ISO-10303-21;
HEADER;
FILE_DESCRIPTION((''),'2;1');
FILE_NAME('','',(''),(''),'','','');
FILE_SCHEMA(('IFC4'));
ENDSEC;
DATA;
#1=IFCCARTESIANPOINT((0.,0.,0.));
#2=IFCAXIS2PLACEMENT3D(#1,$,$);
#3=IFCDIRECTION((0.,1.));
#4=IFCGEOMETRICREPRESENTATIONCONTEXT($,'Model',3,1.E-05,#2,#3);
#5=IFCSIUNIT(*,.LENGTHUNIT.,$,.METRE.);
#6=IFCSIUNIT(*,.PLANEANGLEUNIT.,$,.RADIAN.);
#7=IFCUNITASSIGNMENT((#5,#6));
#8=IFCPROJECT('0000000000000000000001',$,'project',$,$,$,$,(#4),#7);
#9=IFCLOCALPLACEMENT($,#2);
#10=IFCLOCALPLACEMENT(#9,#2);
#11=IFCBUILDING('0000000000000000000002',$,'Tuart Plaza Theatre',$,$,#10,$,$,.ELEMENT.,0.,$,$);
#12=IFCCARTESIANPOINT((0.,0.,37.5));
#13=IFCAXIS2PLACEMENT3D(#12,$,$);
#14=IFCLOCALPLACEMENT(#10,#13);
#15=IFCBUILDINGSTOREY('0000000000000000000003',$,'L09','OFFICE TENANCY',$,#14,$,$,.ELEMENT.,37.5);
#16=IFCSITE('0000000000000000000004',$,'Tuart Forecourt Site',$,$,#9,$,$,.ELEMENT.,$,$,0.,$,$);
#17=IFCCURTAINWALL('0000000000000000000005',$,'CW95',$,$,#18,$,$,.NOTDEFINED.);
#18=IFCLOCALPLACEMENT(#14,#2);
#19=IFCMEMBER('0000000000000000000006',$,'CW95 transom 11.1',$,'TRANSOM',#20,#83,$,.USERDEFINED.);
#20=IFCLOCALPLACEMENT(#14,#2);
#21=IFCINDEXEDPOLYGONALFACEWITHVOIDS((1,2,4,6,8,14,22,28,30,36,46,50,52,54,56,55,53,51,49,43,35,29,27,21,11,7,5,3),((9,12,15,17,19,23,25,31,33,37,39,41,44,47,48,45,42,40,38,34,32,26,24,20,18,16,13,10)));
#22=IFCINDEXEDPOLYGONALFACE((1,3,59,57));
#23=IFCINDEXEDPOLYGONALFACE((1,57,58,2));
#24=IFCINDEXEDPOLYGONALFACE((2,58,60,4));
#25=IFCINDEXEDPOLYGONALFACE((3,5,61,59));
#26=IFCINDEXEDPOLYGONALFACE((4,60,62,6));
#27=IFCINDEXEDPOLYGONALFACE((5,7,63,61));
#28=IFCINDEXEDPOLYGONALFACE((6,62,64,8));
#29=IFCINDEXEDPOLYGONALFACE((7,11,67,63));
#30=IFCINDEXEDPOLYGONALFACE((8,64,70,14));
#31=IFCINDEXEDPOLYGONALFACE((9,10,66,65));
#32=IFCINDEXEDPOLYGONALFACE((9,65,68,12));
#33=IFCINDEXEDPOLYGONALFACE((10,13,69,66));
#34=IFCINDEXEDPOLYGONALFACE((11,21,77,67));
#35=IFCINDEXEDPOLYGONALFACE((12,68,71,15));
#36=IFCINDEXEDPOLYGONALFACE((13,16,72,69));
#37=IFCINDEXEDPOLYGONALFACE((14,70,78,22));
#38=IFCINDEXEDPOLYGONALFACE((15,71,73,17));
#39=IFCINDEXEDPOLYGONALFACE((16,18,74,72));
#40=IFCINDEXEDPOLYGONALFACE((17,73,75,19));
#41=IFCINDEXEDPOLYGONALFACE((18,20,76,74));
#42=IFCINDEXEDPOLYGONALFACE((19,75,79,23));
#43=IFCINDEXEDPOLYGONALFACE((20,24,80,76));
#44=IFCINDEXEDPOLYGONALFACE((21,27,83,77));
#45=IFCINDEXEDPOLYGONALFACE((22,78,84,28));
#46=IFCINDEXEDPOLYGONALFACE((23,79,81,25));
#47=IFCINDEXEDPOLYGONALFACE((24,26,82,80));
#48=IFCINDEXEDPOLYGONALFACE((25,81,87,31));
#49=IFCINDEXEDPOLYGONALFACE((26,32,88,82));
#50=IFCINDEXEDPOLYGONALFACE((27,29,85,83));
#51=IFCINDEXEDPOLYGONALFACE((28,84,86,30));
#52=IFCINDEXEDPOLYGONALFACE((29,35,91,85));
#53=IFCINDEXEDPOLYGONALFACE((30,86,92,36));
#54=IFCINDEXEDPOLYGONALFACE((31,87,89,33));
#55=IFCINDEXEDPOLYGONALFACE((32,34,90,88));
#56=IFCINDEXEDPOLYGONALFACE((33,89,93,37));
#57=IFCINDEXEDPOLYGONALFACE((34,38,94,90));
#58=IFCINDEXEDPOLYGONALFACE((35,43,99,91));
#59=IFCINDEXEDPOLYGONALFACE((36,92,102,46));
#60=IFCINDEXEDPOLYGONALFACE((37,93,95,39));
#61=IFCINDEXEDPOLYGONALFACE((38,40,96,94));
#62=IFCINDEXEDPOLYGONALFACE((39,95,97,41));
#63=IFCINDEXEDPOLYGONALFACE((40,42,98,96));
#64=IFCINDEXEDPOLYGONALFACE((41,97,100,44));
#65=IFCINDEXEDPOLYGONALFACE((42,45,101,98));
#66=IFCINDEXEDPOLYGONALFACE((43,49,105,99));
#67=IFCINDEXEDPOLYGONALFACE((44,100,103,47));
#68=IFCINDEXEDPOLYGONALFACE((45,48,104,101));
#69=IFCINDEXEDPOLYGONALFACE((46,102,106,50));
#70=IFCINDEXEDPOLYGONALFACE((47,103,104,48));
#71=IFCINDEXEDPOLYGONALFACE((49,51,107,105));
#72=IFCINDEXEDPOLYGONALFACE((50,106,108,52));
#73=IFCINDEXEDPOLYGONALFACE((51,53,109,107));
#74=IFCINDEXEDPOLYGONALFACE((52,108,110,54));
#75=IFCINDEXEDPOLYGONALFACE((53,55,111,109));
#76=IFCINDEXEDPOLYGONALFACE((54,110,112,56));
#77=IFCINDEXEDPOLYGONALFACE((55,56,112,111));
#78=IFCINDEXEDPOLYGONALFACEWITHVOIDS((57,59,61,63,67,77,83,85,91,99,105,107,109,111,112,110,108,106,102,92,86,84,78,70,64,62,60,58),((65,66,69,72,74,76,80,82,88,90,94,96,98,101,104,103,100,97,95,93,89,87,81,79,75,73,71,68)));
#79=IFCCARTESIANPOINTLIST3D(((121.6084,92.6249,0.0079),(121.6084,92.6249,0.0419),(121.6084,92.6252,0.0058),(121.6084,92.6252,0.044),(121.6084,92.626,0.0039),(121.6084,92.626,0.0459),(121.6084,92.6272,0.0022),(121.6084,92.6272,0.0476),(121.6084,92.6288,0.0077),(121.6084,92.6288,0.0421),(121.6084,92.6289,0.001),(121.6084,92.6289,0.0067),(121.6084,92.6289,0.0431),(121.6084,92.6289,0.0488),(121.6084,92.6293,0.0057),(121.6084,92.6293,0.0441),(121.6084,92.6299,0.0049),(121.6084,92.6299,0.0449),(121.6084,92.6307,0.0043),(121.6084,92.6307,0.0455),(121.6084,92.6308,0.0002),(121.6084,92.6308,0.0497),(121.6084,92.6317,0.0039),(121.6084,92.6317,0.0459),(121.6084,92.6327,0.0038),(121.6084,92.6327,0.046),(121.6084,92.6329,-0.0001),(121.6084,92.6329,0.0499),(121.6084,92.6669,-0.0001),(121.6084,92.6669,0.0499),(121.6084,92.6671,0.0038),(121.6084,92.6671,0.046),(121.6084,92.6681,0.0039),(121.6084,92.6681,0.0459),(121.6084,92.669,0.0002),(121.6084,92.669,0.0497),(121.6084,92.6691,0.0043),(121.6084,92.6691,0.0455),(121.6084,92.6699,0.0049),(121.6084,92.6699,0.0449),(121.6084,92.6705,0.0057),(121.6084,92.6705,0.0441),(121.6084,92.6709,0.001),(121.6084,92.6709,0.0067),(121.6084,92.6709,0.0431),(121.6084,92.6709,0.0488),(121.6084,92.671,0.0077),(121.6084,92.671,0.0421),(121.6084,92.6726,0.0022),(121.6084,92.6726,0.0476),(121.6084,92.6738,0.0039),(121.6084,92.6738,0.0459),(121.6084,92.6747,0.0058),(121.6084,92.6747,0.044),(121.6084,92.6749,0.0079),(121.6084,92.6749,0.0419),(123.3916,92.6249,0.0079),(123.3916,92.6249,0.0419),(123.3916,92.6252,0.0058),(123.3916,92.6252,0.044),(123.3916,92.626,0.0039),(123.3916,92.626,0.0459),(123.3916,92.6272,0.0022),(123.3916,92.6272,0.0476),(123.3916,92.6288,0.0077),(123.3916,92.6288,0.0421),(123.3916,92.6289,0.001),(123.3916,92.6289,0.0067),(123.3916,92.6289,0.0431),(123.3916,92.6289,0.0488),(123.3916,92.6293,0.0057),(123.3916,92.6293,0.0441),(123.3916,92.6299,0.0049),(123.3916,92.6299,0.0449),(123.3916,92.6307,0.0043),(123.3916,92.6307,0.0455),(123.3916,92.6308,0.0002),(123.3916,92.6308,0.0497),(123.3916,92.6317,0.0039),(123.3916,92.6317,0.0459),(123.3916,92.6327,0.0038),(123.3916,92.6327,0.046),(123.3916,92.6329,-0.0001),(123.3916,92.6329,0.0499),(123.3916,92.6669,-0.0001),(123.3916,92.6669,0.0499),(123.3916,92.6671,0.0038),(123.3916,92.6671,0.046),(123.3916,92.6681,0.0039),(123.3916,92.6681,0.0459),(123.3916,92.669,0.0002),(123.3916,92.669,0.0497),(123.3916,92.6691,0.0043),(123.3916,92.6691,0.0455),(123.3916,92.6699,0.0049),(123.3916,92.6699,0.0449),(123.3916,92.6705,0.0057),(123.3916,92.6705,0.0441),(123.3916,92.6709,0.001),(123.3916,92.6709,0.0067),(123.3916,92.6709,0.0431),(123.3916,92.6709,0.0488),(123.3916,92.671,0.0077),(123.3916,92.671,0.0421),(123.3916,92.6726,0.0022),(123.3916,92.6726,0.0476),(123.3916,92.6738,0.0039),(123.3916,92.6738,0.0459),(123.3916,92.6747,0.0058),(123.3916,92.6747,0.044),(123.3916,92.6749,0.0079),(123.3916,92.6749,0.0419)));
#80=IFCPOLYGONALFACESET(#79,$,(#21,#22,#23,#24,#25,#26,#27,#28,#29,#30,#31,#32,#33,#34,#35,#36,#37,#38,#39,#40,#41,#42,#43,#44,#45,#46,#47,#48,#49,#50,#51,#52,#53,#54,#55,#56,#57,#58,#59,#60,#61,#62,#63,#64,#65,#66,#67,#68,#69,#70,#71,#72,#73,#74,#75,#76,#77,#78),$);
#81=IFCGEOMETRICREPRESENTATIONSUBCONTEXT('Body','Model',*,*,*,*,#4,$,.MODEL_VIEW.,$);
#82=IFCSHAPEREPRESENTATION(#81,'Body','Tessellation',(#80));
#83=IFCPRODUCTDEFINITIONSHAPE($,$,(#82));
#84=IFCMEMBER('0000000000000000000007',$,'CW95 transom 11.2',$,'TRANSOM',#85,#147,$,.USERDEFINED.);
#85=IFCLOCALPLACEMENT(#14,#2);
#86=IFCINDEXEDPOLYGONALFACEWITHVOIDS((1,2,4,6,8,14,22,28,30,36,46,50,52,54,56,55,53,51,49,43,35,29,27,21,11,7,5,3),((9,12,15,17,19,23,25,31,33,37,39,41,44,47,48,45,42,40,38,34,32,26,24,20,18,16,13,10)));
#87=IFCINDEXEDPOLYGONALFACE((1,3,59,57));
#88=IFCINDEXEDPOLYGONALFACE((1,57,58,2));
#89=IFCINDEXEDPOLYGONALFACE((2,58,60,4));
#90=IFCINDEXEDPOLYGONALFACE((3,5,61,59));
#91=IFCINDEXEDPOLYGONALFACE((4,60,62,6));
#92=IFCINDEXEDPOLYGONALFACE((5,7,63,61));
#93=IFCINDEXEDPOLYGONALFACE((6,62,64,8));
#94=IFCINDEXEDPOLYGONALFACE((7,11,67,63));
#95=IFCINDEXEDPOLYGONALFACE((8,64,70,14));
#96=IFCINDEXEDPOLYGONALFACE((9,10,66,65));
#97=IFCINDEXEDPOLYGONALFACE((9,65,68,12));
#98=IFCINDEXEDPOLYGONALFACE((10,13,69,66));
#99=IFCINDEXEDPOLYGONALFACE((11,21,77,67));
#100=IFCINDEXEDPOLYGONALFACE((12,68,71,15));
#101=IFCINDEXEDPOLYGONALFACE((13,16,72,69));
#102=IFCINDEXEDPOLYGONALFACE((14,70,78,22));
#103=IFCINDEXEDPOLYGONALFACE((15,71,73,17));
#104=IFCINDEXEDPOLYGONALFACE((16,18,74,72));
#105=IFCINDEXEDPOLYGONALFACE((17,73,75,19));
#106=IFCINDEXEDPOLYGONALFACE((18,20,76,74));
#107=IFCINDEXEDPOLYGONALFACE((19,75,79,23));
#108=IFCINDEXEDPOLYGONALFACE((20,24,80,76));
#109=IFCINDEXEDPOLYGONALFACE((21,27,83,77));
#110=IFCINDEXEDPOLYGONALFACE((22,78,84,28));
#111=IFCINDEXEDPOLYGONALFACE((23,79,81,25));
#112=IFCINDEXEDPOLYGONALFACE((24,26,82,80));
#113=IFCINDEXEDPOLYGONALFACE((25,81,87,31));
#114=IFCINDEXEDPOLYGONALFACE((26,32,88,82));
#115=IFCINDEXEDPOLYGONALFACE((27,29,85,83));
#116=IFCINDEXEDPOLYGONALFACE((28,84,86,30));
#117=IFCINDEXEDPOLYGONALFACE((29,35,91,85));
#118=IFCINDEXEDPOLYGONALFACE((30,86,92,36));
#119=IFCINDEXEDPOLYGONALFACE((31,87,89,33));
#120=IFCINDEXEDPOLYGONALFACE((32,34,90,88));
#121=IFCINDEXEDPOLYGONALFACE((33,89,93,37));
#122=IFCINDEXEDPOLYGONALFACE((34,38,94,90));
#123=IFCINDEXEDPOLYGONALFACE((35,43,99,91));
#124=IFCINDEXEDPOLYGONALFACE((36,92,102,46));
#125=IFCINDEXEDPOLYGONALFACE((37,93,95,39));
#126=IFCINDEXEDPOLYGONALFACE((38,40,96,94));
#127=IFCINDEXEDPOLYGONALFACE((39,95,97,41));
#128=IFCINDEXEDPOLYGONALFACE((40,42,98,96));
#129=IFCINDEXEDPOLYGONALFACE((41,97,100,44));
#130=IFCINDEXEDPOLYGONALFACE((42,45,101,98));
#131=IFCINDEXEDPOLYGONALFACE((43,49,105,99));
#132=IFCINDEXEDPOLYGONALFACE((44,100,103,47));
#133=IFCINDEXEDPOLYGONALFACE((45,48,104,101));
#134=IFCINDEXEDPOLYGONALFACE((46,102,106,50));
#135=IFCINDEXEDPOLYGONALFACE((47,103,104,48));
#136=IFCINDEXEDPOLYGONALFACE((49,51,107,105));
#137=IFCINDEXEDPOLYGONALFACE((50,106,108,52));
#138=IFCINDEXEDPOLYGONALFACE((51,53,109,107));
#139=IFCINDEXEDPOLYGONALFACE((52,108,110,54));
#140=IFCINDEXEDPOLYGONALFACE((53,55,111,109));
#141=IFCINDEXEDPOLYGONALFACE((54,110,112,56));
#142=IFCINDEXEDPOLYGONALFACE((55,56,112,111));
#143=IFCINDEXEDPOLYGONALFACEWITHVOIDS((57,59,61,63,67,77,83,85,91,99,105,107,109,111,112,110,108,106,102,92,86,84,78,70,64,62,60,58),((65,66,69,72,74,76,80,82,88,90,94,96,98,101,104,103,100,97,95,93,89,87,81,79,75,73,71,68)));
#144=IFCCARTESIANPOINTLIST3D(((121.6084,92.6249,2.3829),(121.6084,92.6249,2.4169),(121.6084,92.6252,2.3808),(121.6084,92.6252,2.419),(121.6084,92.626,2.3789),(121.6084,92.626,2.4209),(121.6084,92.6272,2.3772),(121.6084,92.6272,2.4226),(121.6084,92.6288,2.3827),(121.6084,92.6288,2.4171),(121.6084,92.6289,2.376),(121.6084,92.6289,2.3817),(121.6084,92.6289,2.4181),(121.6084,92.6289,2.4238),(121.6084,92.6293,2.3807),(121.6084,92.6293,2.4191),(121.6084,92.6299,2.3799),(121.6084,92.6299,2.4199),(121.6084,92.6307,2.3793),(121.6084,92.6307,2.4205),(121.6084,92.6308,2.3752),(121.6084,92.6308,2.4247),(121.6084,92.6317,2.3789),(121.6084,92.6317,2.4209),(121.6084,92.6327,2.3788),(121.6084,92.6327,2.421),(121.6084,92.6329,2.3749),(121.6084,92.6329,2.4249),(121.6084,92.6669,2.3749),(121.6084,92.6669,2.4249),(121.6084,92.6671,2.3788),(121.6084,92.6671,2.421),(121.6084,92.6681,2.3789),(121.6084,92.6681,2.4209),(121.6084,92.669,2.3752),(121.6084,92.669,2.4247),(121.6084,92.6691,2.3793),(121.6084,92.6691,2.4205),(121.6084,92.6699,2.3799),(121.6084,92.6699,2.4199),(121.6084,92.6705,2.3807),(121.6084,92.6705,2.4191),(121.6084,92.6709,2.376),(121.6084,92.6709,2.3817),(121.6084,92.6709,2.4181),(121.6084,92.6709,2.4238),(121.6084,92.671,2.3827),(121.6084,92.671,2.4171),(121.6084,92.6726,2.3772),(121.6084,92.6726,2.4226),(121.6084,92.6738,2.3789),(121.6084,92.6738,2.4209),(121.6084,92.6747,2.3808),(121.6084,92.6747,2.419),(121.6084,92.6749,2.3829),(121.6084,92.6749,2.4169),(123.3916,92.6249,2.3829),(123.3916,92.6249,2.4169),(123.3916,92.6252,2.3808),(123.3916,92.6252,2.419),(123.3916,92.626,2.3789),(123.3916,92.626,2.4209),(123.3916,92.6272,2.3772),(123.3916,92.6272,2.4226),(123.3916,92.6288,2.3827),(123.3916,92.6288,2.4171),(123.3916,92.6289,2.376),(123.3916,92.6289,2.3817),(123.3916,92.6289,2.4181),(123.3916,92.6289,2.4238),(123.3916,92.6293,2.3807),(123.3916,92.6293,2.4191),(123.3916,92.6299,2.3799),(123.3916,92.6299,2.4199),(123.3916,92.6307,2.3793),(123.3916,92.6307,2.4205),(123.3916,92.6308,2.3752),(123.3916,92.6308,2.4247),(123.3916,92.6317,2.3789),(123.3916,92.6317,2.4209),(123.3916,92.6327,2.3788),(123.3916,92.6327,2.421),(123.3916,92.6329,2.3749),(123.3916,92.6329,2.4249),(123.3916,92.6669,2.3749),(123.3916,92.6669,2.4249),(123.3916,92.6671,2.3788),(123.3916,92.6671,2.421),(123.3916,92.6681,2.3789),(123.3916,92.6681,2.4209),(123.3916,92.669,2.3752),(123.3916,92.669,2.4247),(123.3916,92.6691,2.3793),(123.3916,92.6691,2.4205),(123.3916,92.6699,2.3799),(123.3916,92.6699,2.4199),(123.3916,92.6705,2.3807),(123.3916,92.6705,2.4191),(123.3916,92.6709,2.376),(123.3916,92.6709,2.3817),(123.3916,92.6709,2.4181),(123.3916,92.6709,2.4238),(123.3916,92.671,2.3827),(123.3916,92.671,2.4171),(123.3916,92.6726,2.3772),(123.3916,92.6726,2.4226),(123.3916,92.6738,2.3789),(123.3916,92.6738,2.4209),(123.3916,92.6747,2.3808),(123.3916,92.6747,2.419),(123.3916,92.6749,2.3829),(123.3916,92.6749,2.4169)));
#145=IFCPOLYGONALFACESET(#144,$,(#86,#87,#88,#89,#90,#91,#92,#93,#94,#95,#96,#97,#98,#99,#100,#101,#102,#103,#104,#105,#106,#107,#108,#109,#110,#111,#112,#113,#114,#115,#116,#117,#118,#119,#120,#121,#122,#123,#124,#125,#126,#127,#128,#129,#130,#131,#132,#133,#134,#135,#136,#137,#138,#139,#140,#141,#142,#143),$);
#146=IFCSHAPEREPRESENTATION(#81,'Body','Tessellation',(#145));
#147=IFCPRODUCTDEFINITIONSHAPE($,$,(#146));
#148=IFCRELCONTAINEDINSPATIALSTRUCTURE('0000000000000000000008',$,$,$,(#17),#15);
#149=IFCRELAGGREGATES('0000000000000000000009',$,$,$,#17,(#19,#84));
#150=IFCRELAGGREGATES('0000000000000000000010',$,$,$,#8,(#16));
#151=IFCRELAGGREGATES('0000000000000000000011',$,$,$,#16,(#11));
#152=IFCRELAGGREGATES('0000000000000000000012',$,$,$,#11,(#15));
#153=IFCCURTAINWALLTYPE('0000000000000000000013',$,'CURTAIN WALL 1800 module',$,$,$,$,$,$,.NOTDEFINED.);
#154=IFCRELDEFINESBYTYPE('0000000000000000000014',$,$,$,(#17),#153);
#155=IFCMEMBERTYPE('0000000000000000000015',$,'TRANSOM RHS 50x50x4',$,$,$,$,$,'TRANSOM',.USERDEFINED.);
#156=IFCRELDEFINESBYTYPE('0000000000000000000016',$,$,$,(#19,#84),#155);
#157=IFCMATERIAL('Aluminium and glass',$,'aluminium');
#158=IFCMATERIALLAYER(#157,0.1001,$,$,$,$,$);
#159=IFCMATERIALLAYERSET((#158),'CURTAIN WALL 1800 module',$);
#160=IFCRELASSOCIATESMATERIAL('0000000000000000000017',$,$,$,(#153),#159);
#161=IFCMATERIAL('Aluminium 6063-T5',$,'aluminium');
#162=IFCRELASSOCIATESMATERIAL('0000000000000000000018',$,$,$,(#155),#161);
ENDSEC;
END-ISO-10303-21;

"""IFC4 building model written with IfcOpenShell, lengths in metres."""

from ifc_helpers import new_model, si_unit, direction, frame, origin, origin_2d, place, context, subcontext, project, spatial, hollow_rectangle, extrude, material, layer, layer_set, material_profile, profile_set, type_object, element, aggregate, save


model = new_model("IFC4")

# Units and contexts
model_context = context("Model", 3, precision=1e-05, world=origin(), true_north=direction((0.0, 1.0)))
body_context = subcontext(model_context, "Body", "Model", "MODEL_VIEW")
ifc_project = project(units=[si_unit("LENGTHUNIT", "METRE"), si_unit("PLANEANGLEUNIT", "RADIAN")], contexts=[model_context])

# Site, building, storey
site_placement = place(None, origin())
site = spatial("IfcSite", under=ifc_project, at=site_placement, Name="Tuart Forecourt Site", CompositionType="ELEMENT", RefElevation=0.0)
building_placement = place(site_placement, origin())
building = spatial("IfcBuilding", under=site, at=building_placement, Name="Tuart Plaza Theatre", CompositionType="ELEMENT", ElevationOfRefHeight=0.0)
storey_placement = place(building_placement, frame((0.0, 0.0, 37.5)))
storey = spatial("IfcBuildingStorey", under=building, at=storey_placement, Name="L09", Description="OFFICE TENANCY", CompositionType="ELEMENT", Elevation=37.5)

# Curtain wall, members
ifc_material_1 = material(Name="Aluminium and glass", Category="aluminium")
ifc_layer_1 = layer(ifc_material_1, 0.1001)
ifc_layer_set_1 = layer_set([ifc_layer_1], Name="CURTAIN WALL 1800 module")
curtain_wall_type = type_object("IfcCurtainWallType", Name="CURTAIN WALL 1800 module", PredefinedType="NOTDEFINED", material=ifc_layer_set_1)
curtain_wall_placement = place(storey_placement, origin())
curtain_wall = element("IfcCurtainWall", 1, at=curtain_wall_placement, inside=storey, type_object=curtain_wall_type, Name="CW95", PredefinedType="NOTDEFINED")
ifc_material_2 = material(Name="Aluminium 6063-T5", Category="aluminium")
ifc_material_profile_1 = material_profile(ifc_material_2, hollow_rectangle(XDim=0.05, YDim=0.05, WallThickness=0.0039, InnerFilletRadius=0.0039, OuterFilletRadius=0.0081, at=origin_2d()), Name="RHS 50x50x4")
ifc_profile_set_1 = profile_set([ifc_material_profile_1], Name="Aluminium 6063-T5")
member_type_1 = type_object("IfcMemberType", Name="TRANSOM RHS 50x50x4", ElementType="TRANSOM", PredefinedType="USERDEFINED", material=ifc_profile_set_1)
member_1_placement = place(storey_placement, frame((123.3916, 92.6499, 0.0249), z_axis=(-1.0, 0.0, 0.0), x_axis=(0.0, -1.0, 0.0)))
member_1 = element("IfcMember", 2, at=member_1_placement, type_object=member_type_1, Name="CW95 transom 11.1", ObjectType="TRANSOM", PredefinedType="USERDEFINED", context=body_context, shape_type="SweptSolid", body=[
    extrude(hollow_rectangle(XDim=0.05, YDim=0.05, WallThickness=0.0039, InnerFilletRadius=0.0039, OuterFilletRadius=0.0081, at=origin_2d()), origin(), (0.0, 0.0, 1.0), 1.7832),
])
member_2_placement = place(storey_placement, frame((123.3916, 92.6499, 2.3999), z_axis=(-1.0, 0.0, 0.0), x_axis=(0.0, -1.0, 0.0)))
member_2 = element("IfcMember", 3, at=member_2_placement, type_object=member_type_1, Name="CW95 transom 11.2", ObjectType="TRANSOM", PredefinedType="USERDEFINED", context=body_context, shape_type="SweptSolid", body=[
    extrude(hollow_rectangle(XDim=0.05, YDim=0.05, WallThickness=0.0039, InnerFilletRadius=0.0039, OuterFilletRadius=0.0081, at=origin_2d()), origin(), (0.0, 0.0, 1.0), 1.7832),
])
aggregate(curtain_wall, [member_1, member_2])

save(model, "model.ifc")
